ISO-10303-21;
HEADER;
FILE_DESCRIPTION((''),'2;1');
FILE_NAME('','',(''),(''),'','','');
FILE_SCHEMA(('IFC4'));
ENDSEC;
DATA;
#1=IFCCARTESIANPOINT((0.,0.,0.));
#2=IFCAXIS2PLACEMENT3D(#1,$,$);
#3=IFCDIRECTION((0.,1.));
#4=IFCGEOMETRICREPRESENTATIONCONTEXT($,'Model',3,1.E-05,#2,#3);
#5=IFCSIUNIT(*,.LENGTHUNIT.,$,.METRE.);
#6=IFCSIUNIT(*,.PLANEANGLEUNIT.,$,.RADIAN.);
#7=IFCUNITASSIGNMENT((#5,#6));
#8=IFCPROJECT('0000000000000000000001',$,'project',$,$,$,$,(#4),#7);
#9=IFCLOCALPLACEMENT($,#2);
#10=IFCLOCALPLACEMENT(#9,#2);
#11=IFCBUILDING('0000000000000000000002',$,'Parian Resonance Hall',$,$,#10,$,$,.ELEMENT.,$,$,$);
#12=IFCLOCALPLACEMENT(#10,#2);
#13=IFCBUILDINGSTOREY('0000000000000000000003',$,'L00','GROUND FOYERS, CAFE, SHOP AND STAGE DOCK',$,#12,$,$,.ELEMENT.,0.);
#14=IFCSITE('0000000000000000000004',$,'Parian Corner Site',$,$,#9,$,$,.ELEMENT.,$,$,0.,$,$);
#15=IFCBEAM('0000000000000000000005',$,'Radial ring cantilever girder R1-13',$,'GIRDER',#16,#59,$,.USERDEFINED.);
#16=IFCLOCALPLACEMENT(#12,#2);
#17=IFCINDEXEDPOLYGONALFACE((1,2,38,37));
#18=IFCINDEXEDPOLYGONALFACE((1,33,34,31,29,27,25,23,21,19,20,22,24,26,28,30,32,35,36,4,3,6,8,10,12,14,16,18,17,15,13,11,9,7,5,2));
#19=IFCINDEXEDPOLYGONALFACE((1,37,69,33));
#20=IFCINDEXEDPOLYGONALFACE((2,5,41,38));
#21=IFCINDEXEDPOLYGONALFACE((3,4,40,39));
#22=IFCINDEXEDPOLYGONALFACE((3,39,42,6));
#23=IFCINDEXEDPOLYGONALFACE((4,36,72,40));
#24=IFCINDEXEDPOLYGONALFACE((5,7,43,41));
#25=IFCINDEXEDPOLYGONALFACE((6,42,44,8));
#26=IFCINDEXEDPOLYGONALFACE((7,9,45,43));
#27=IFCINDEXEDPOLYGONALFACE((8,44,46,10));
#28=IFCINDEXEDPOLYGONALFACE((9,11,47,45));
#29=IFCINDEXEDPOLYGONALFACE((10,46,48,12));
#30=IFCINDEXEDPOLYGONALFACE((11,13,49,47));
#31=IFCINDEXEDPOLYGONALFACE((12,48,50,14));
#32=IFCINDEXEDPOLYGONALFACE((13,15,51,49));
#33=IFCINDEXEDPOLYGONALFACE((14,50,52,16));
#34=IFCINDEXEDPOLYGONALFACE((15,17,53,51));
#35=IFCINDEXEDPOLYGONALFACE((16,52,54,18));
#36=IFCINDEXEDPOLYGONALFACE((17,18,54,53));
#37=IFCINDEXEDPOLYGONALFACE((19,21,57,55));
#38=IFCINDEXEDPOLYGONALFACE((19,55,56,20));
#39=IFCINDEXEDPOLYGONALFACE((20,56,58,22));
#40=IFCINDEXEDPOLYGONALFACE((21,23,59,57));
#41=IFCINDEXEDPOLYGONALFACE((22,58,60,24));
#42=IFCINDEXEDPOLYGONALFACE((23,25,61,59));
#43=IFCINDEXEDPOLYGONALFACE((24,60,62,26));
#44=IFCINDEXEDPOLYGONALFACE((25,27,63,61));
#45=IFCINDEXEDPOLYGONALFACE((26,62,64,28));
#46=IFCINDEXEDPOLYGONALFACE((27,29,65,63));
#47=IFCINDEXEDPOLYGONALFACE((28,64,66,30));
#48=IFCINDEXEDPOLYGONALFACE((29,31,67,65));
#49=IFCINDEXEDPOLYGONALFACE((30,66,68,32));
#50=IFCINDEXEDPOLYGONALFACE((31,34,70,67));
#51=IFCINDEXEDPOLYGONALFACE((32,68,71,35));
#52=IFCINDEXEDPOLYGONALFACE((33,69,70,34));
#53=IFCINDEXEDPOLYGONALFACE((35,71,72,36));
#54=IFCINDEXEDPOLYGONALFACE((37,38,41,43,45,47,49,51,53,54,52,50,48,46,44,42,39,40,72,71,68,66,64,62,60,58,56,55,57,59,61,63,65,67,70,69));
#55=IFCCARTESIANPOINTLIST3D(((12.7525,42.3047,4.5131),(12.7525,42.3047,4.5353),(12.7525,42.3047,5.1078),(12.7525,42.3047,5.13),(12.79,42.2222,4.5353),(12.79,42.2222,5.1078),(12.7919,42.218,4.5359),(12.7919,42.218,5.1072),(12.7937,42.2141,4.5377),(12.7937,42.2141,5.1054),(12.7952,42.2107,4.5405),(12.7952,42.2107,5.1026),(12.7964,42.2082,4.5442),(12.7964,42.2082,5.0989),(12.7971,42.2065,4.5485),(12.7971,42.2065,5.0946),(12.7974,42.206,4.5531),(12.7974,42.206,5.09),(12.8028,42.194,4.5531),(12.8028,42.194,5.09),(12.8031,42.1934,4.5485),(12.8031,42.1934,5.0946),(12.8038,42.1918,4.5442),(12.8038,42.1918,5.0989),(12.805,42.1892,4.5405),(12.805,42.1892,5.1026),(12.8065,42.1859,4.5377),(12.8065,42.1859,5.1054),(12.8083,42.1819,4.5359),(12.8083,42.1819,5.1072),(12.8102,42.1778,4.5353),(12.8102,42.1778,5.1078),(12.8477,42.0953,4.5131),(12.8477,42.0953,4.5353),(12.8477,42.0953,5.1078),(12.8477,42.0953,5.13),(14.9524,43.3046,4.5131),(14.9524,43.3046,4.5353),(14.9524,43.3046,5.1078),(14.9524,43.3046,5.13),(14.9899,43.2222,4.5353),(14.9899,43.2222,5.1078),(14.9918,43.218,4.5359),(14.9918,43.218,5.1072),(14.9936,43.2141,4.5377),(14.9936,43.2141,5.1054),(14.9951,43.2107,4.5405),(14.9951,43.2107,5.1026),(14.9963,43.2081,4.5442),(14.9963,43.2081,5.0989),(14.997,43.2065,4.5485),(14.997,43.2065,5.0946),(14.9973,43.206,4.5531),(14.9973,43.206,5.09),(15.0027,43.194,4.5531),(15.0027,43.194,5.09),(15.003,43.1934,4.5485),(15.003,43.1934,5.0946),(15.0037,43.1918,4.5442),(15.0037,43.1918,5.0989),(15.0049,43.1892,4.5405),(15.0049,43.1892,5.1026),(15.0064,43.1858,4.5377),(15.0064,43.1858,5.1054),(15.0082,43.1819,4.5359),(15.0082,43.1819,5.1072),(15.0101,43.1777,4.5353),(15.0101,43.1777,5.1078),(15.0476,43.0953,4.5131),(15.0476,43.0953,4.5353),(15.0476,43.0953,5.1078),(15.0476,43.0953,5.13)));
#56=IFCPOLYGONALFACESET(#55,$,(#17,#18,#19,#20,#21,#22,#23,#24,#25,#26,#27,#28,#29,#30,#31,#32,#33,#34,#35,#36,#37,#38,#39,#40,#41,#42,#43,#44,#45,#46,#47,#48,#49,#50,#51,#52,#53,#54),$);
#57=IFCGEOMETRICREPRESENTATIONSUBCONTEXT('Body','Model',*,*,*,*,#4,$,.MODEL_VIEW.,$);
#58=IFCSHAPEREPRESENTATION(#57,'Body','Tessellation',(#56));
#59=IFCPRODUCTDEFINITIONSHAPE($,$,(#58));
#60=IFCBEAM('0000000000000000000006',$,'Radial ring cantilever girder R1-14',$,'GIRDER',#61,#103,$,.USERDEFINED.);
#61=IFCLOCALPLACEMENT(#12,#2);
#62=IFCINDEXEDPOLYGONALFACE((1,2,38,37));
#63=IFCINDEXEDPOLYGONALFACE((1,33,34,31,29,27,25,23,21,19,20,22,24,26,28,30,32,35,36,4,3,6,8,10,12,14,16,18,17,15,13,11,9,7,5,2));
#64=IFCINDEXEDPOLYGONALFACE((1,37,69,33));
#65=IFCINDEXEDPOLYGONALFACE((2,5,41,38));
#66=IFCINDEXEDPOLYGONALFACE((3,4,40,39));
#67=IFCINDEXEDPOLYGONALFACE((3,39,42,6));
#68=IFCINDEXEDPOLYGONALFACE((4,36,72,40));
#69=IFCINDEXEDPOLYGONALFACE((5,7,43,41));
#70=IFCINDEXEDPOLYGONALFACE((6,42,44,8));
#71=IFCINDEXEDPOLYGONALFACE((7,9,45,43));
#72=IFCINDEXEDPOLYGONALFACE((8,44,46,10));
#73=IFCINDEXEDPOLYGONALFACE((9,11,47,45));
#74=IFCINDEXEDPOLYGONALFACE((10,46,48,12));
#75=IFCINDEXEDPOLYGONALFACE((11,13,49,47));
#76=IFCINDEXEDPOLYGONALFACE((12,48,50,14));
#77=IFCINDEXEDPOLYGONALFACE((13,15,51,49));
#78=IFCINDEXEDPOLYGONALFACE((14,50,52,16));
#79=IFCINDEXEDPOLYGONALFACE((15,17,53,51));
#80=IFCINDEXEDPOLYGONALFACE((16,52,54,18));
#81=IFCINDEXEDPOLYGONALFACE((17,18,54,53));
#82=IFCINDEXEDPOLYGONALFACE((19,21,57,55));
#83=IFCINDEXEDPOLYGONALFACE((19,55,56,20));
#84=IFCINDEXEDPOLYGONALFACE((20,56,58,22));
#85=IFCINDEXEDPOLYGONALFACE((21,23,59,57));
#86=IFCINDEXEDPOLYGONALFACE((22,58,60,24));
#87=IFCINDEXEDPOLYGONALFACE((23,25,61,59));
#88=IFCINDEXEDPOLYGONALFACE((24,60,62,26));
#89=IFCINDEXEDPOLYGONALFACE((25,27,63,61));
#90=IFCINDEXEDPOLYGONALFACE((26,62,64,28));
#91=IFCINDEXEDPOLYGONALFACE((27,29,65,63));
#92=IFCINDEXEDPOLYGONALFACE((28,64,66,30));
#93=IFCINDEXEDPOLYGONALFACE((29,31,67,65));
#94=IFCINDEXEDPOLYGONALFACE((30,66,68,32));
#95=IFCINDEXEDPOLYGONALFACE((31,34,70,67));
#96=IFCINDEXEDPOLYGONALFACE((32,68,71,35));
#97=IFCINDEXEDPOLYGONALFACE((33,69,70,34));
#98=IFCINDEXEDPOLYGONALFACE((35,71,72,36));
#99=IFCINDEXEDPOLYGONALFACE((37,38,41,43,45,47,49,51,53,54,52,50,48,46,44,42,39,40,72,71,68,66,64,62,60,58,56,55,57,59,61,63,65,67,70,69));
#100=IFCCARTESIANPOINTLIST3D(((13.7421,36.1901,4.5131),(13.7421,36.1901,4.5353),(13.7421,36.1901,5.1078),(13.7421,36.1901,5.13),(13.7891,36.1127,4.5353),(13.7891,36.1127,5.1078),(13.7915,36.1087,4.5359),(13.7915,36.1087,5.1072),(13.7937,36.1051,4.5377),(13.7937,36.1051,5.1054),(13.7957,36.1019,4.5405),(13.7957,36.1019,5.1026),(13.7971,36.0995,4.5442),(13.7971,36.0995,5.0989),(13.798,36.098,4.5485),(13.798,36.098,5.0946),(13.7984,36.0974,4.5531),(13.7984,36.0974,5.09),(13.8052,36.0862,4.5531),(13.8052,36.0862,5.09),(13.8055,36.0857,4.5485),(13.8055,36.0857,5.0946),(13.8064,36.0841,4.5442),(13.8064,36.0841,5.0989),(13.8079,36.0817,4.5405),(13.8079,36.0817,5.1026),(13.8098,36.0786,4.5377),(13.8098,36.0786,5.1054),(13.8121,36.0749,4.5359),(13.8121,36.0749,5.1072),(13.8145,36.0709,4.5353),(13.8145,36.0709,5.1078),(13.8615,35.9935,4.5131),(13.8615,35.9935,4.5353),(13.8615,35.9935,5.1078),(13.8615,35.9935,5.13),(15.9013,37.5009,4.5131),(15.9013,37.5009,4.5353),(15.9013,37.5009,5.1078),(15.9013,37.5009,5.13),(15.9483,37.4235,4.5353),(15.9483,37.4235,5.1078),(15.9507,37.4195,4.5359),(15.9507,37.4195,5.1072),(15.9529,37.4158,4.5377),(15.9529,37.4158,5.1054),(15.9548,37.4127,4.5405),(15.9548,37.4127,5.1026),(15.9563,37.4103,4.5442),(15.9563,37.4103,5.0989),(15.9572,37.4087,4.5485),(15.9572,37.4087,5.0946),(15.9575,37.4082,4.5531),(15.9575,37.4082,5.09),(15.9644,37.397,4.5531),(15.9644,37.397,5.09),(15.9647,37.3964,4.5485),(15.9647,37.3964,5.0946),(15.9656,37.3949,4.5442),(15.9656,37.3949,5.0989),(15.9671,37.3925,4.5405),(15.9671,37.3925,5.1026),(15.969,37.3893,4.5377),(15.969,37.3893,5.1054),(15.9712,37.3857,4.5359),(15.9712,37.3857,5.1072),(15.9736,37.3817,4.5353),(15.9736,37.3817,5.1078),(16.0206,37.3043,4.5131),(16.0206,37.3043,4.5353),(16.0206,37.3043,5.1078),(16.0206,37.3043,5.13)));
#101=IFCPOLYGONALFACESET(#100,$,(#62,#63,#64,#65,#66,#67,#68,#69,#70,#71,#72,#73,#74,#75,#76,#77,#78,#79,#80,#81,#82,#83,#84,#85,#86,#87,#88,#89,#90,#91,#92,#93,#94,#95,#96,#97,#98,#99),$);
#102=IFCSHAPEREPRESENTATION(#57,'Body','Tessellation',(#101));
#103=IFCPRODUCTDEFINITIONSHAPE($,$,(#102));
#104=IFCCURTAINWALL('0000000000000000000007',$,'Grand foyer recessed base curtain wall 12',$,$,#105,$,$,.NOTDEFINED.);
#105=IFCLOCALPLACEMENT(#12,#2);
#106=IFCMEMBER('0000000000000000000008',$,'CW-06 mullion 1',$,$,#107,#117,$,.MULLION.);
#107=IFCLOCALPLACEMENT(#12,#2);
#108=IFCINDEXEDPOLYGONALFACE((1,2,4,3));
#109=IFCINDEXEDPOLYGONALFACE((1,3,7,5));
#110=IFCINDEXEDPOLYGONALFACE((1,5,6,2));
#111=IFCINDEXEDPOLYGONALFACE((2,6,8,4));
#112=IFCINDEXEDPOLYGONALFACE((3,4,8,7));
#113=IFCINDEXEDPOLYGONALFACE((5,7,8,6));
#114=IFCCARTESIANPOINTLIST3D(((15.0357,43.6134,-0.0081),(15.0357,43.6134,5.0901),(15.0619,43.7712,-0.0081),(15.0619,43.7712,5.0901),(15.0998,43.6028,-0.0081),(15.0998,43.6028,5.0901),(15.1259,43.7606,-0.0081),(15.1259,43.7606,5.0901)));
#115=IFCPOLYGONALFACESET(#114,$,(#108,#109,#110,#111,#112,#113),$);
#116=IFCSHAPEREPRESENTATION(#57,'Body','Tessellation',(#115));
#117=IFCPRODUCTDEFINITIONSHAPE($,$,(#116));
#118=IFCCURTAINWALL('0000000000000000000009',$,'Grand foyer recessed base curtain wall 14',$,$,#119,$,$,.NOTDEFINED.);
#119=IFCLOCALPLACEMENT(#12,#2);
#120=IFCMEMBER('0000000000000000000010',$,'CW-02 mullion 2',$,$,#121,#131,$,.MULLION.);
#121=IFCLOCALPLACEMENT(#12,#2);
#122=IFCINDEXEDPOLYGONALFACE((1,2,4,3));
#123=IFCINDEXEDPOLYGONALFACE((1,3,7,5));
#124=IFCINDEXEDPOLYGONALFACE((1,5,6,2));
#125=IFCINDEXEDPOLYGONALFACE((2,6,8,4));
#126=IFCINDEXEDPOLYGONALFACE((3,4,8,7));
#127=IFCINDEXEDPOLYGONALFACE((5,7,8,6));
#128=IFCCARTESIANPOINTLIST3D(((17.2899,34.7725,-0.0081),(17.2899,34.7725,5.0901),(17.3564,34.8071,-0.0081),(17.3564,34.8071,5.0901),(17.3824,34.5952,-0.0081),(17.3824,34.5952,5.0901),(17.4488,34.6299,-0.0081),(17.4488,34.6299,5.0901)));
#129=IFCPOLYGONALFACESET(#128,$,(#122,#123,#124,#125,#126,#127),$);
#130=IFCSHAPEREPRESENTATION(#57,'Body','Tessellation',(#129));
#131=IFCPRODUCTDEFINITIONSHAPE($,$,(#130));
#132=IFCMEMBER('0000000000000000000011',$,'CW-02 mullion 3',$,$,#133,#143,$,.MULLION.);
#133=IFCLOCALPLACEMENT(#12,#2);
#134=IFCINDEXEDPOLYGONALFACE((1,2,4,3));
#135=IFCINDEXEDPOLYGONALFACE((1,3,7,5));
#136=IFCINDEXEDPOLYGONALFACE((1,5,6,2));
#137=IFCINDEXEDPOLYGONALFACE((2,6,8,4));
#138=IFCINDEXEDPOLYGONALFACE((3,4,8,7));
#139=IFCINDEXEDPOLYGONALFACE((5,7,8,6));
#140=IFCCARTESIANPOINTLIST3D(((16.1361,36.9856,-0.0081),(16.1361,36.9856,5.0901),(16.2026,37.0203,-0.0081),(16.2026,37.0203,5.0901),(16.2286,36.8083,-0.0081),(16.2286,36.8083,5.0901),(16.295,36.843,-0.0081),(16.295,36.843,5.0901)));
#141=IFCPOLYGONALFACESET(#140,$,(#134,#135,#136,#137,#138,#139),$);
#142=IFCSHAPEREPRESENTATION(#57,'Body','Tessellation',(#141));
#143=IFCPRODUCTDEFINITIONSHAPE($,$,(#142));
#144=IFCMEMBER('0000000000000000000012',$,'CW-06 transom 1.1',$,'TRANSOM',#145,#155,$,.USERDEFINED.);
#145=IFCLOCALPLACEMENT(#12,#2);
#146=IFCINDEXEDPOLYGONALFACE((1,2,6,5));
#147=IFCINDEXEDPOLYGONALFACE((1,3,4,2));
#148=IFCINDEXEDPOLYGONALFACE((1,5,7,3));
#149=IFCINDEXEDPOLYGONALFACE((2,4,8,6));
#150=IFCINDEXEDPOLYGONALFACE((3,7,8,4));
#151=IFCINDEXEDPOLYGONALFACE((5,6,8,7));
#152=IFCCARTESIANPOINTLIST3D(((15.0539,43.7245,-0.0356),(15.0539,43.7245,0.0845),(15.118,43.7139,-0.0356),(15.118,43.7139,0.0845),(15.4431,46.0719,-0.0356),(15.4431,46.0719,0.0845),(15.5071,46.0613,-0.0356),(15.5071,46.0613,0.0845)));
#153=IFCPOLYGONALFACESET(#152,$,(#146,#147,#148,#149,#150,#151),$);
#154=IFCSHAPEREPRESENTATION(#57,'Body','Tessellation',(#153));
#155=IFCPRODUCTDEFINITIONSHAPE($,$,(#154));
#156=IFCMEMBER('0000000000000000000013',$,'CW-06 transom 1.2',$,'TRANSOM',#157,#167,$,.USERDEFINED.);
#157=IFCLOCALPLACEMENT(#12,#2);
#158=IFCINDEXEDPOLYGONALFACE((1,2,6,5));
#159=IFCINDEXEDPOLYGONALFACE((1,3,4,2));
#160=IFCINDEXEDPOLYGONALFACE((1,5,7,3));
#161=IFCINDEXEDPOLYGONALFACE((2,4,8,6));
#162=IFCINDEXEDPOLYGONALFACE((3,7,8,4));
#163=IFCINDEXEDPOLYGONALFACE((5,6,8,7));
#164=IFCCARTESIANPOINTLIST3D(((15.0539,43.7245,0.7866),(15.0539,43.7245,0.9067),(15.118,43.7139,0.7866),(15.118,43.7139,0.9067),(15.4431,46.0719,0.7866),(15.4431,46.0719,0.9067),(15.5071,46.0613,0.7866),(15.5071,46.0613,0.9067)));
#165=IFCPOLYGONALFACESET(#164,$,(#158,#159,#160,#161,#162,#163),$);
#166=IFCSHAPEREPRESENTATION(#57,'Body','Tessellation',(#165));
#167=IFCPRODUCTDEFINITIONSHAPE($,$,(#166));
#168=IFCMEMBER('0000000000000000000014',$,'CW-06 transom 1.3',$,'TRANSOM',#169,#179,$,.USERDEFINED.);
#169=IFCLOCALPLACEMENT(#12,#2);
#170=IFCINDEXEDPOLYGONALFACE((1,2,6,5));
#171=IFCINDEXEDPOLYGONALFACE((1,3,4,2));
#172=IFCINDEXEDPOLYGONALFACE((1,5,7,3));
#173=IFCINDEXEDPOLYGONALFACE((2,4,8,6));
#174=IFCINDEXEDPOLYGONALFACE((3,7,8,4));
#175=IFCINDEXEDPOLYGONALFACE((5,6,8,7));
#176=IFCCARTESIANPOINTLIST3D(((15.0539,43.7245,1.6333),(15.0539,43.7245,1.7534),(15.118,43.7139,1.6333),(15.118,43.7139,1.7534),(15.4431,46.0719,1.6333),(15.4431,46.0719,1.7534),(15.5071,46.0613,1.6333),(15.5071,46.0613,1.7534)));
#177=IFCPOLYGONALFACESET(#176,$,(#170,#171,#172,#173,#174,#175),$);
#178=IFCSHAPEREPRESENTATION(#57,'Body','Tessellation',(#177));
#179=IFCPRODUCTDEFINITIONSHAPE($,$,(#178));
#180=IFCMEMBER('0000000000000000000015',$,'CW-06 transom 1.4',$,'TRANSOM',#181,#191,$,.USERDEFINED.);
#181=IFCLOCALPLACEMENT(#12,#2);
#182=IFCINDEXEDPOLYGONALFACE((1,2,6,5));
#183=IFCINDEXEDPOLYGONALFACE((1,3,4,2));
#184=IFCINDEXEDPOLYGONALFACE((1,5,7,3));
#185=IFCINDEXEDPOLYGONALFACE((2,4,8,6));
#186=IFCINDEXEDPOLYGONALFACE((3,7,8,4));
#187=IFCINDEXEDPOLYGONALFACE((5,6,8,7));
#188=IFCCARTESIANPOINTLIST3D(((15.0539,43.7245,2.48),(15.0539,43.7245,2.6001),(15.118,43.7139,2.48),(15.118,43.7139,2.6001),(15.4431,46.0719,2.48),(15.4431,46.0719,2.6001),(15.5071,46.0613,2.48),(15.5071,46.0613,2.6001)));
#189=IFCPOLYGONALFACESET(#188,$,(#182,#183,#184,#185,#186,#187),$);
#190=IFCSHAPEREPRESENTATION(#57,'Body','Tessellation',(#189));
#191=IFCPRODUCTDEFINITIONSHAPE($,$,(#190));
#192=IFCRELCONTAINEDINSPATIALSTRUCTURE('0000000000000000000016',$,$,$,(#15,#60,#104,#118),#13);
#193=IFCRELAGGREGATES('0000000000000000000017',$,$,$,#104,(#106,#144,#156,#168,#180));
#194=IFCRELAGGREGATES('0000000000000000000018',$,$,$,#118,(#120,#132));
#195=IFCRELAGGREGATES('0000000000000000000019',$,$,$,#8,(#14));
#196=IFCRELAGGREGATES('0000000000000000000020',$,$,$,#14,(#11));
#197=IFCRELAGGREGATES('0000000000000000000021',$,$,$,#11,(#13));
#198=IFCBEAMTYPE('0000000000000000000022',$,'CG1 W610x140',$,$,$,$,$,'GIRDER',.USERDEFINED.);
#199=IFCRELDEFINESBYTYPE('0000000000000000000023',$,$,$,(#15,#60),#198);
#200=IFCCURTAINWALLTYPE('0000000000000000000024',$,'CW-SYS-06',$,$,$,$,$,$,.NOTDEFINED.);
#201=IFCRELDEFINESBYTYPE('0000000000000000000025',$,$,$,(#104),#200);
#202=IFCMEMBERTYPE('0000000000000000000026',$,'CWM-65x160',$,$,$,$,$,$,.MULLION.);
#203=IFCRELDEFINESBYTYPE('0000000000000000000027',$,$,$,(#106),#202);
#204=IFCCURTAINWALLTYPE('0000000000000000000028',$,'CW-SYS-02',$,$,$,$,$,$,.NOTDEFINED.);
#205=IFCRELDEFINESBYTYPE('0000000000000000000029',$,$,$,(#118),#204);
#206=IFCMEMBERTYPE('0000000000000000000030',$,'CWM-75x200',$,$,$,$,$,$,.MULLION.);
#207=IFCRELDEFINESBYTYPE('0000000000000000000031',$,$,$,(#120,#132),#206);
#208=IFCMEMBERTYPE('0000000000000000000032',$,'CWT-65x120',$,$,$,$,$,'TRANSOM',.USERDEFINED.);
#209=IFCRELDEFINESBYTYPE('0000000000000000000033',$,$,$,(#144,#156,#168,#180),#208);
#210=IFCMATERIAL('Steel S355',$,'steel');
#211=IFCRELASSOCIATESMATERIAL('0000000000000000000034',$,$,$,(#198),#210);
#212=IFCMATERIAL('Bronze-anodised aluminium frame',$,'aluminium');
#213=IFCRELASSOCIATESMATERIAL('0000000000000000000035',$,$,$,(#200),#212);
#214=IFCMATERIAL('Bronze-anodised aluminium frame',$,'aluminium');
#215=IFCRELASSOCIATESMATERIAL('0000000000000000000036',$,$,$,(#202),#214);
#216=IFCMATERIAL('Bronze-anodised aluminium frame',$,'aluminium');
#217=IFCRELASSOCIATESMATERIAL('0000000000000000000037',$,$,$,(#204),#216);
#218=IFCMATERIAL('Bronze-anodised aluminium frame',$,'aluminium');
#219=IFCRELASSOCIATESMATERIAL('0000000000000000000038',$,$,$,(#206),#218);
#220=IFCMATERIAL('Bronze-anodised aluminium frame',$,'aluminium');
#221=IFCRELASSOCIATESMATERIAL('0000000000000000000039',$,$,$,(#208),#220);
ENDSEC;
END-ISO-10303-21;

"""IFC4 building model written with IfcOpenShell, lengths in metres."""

from ifc_helpers import new_model, si_unit, direction, frame, origin, origin_2d, place, context, subcontext, project, spatial, rectangle, i_section, extrude, material, material_profile, profile_set, type_object, element, aggregate, save


model = new_model("IFC4")

# Units and contexts
model_context = context("Model", 3, precision=1e-05, world=origin(), true_north=direction((0.0, 1.0)))
body_context = subcontext(model_context, "Body", "Model", "MODEL_VIEW")
ifc_project = project(units=[si_unit("LENGTHUNIT", "METRE"), si_unit("PLANEANGLEUNIT", "RADIAN")], contexts=[model_context])

# Site, building, storey
site_placement = place(None, origin())
site = spatial("IfcSite", under=ifc_project, at=site_placement, Name="Parian Corner Site", CompositionType="ELEMENT", RefElevation=0.0)
building_placement = place(site_placement, origin())
building = spatial("IfcBuilding", under=site, at=building_placement, Name="Parian Resonance Hall", CompositionType="ELEMENT")
storey_placement = place(building_placement, origin())
storey = spatial("IfcBuildingStorey", under=building, at=storey_placement, Name="L00", Description="GROUND FOYERS, CAFE, SHOP AND STAGE DOCK", CompositionType="ELEMENT", Elevation=0.0)

# Beams
ifc_material_1 = material(Name="Steel S355", Category="steel")
ifc_material_profile_1 = material_profile(ifc_material_1, i_section(OverallWidth=0.23, OverallDepth=0.6169, WebThickness=0.0132, FlangeThickness=0.0222, FilletRadius=0.0178, at=origin_2d()), Name="W610x140")
ifc_profile_set_1 = profile_set([ifc_material_profile_1], Name="Steel S355")
beam_type_1 = type_object("IfcBeamType", Name="CG1 W610x140", ElementType="GIRDER", PredefinedType="USERDEFINED", material=ifc_profile_set_1)
beam_1_placement = place(storey_placement, frame((15.0, 43.2, 4.8215), z_axis=(-0.910363, -0.413811, 0.0), x_axis=(0.413811, -0.910363, 0.0)))
element("IfcBeam", 1, at=beam_1_placement, inside=storey, type_object=beam_type_1, Name="Radial ring cantilever girder R1-13", ObjectType="GIRDER", PredefinedType="USERDEFINED", context=body_context, shape_type="SweptSolid", body=[
    extrude(i_section(OverallWidth=0.23, OverallDepth=0.6169, WebThickness=0.0132, FlangeThickness=0.0222, FilletRadius=0.0178, at=origin_2d()), origin(), (0.0, 0.0, 1.0), 2.4165),
])
beam_2_placement = place(storey_placement, frame((15.9609, 37.4026, 4.8215), z_axis=(-0.854812, -0.518938, 0.0), x_axis=(0.518938, -0.854812, 0.0)))
element("IfcBeam", 2, at=beam_2_placement, inside=storey, type_object=beam_type_1, Name="Radial ring cantilever girder R1-14", ObjectType="GIRDER", PredefinedType="USERDEFINED", context=body_context, shape_type="SweptSolid", body=[
    extrude(i_section(OverallWidth=0.23, OverallDepth=0.6169, WebThickness=0.0132, FlangeThickness=0.0222, FilletRadius=0.0178, at=origin_2d()), origin(), (0.0, 0.0, 1.0), 2.5259),
])

# Curtain wall, member
ifc_material_2 = material(Name="Bronze-anodised aluminium frame", Category="aluminium")
curtain_wall_type_1 = type_object("IfcCurtainWallType", Name="CW-SYS-06", PredefinedType="NOTDEFINED", material=ifc_material_2)
curtain_wall_1_placement = place(storey_placement, origin())
curtain_wall_1 = element("IfcCurtainWall", 3, at=curtain_wall_1_placement, inside=storey, type_object=curtain_wall_type_1, Name="Grand foyer recessed base curtain wall 12", PredefinedType="NOTDEFINED")
ifc_material_3 = material(Name="Bronze-anodised aluminium frame", Category="aluminium")
ifc_material_profile_2 = material_profile(ifc_material_3, rectangle(XDim=0.0649, YDim=0.1599, at=origin_2d()), Name="CWM-65x160")
ifc_profile_set_2 = profile_set([ifc_material_profile_2], Name="Bronze-anodised aluminium frame")
member_type_1 = type_object("IfcMemberType", Name="CWM-65x160", PredefinedType="MULLION", material=ifc_profile_set_2)
member_1_placement = place(storey_placement, frame((15.0808, 43.687, -0.0081), z_axis=(0.0, 0.0, 1.0), x_axis=(-0.98654, 0.163518, 0.0)))
member_1 = element("IfcMember", 4, at=member_1_placement, type_object=member_type_1, Name="CW-06 mullion 1", PredefinedType="MULLION", context=body_context, shape_type="SweptSolid", body=[
    extrude(rectangle(XDim=0.0649, YDim=0.1599, at=origin_2d()), origin(), (0.0, 0.0, 1.0), 5.0981),
])

# Curtain wall, members
ifc_material_4 = material(Name="Bronze-anodised aluminium frame", Category="aluminium")
curtain_wall_type_2 = type_object("IfcCurtainWallType", Name="CW-SYS-02", PredefinedType="NOTDEFINED", material=ifc_material_4)
curtain_wall_2_placement = place(storey_placement, origin())
curtain_wall_2 = element("IfcCurtainWall", 5, at=curtain_wall_2_placement, inside=storey, type_object=curtain_wall_type_2, Name="Grand foyer recessed base curtain wall 14", PredefinedType="NOTDEFINED")
ifc_material_5 = material(Name="Bronze-anodised aluminium frame", Category="aluminium")
ifc_material_profile_3 = material_profile(ifc_material_5, rectangle(XDim=0.075, YDim=0.2, at=origin_2d()), Name="CWM-75x200")
ifc_profile_set_3 = profile_set([ifc_material_profile_3], Name="Bronze-anodised aluminium frame")
member_type_2 = type_object("IfcMemberType", Name="CWM-75x200", PredefinedType="MULLION", material=ifc_profile_set_3)
member_2_placement = place(storey_placement, frame((17.3694, 34.7012, -0.0081), z_axis=(0.0, 0.0, 1.0), x_axis=(-0.886691, -0.462362, 0.0)))
member_2 = element("IfcMember", 6, at=member_2_placement, type_object=member_type_2, Name="CW-02 mullion 2", PredefinedType="MULLION", context=body_context, shape_type="SweptSolid", body=[
    extrude(rectangle(XDim=0.075, YDim=0.2, at=origin_2d()), origin(), (0.0, 0.0, 1.0), 5.0981),
])
member_3_placement = place(storey_placement, frame((16.2156, 36.9143, -0.0081), z_axis=(0.0, 0.0, 1.0), x_axis=(-0.886691, -0.462362, 0.0)))
member_3 = element("IfcMember", 7, at=member_3_placement, type_object=member_type_2, Name="CW-02 mullion 3", PredefinedType="MULLION", context=body_context, shape_type="SweptSolid", body=[
    extrude(rectangle(XDim=0.075, YDim=0.2, at=origin_2d()), origin(), (0.0, 0.0, 1.0), 5.0981),
])

# Members
ifc_material_6 = material(Name="Bronze-anodised aluminium frame", Category="aluminium")
ifc_material_profile_4 = material_profile(ifc_material_6, rectangle(XDim=0.0649, YDim=0.1201, at=origin_2d()), Name="CWT-65x120")
ifc_profile_set_4 = profile_set([ifc_material_profile_4], Name="Bronze-anodised aluminium frame")
member_type_3 = type_object("IfcMemberType", Name="CWT-65x120", ElementType="TRANSOM", PredefinedType="USERDEFINED", material=ifc_profile_set_4)
member_4_placement = place(storey_placement, frame((15.0859, 43.7192, 0.0244), z_axis=(0.16355, 0.986535, 0.0), x_axis=(-0.986535, 0.16355, 0.0)))
member_4 = element("IfcMember", 8, at=member_4_placement, type_object=member_type_3, Name="CW-06 transom 1.1", ObjectType="TRANSOM", PredefinedType="USERDEFINED", context=body_context, shape_type="SweptSolid", body=[
    extrude(rectangle(XDim=0.0649, YDim=0.1201, at=origin_2d()), origin(), (0.0, 0.0, 1.0), 2.3794),
])
member_5_placement = place(storey_placement, frame((15.0859, 43.7192, 0.8467), z_axis=(0.16355, 0.986535, 0.0), x_axis=(-0.986535, 0.16355, 0.0)))
member_5 = element("IfcMember", 9, at=member_5_placement, type_object=member_type_3, Name="CW-06 transom 1.2", ObjectType="TRANSOM", PredefinedType="USERDEFINED", context=body_context, shape_type="SweptSolid", body=[
    extrude(rectangle(XDim=0.0649, YDim=0.1201, at=origin_2d()), origin(), (0.0, 0.0, 1.0), 2.3794),
])
member_6_placement = place(storey_placement, frame((15.0859, 43.7192, 1.6934), z_axis=(0.16355, 0.986535, 0.0), x_axis=(-0.986535, 0.16355, 0.0)))
member_6 = element("IfcMember", 10, at=member_6_placement, type_object=member_type_3, Name="CW-06 transom 1.3", ObjectType="TRANSOM", PredefinedType="USERDEFINED", context=body_context, shape_type="SweptSolid", body=[
    extrude(rectangle(XDim=0.0649, YDim=0.1201, at=origin_2d()), origin(), (0.0, 0.0, 1.0), 2.3794),
])
member_7_placement = place(storey_placement, frame((15.0859, 43.7192, 2.54), z_axis=(0.16355, 0.986535, 0.0), x_axis=(-0.986535, 0.16355, 0.0)))
member_7 = element("IfcMember", 11, at=member_7_placement, type_object=member_type_3, Name="CW-06 transom 1.4", ObjectType="TRANSOM", PredefinedType="USERDEFINED", context=body_context, shape_type="SweptSolid", body=[
    extrude(rectangle(XDim=0.0649, YDim=0.1201, at=origin_2d()), origin(), (0.0, 0.0, 1.0), 2.3794),
])
aggregate(curtain_wall_1, [member_1, member_4, member_5, member_6, member_7])

aggregate(curtain_wall_2, [member_2, member_3])

save(model, "model.ifc")
